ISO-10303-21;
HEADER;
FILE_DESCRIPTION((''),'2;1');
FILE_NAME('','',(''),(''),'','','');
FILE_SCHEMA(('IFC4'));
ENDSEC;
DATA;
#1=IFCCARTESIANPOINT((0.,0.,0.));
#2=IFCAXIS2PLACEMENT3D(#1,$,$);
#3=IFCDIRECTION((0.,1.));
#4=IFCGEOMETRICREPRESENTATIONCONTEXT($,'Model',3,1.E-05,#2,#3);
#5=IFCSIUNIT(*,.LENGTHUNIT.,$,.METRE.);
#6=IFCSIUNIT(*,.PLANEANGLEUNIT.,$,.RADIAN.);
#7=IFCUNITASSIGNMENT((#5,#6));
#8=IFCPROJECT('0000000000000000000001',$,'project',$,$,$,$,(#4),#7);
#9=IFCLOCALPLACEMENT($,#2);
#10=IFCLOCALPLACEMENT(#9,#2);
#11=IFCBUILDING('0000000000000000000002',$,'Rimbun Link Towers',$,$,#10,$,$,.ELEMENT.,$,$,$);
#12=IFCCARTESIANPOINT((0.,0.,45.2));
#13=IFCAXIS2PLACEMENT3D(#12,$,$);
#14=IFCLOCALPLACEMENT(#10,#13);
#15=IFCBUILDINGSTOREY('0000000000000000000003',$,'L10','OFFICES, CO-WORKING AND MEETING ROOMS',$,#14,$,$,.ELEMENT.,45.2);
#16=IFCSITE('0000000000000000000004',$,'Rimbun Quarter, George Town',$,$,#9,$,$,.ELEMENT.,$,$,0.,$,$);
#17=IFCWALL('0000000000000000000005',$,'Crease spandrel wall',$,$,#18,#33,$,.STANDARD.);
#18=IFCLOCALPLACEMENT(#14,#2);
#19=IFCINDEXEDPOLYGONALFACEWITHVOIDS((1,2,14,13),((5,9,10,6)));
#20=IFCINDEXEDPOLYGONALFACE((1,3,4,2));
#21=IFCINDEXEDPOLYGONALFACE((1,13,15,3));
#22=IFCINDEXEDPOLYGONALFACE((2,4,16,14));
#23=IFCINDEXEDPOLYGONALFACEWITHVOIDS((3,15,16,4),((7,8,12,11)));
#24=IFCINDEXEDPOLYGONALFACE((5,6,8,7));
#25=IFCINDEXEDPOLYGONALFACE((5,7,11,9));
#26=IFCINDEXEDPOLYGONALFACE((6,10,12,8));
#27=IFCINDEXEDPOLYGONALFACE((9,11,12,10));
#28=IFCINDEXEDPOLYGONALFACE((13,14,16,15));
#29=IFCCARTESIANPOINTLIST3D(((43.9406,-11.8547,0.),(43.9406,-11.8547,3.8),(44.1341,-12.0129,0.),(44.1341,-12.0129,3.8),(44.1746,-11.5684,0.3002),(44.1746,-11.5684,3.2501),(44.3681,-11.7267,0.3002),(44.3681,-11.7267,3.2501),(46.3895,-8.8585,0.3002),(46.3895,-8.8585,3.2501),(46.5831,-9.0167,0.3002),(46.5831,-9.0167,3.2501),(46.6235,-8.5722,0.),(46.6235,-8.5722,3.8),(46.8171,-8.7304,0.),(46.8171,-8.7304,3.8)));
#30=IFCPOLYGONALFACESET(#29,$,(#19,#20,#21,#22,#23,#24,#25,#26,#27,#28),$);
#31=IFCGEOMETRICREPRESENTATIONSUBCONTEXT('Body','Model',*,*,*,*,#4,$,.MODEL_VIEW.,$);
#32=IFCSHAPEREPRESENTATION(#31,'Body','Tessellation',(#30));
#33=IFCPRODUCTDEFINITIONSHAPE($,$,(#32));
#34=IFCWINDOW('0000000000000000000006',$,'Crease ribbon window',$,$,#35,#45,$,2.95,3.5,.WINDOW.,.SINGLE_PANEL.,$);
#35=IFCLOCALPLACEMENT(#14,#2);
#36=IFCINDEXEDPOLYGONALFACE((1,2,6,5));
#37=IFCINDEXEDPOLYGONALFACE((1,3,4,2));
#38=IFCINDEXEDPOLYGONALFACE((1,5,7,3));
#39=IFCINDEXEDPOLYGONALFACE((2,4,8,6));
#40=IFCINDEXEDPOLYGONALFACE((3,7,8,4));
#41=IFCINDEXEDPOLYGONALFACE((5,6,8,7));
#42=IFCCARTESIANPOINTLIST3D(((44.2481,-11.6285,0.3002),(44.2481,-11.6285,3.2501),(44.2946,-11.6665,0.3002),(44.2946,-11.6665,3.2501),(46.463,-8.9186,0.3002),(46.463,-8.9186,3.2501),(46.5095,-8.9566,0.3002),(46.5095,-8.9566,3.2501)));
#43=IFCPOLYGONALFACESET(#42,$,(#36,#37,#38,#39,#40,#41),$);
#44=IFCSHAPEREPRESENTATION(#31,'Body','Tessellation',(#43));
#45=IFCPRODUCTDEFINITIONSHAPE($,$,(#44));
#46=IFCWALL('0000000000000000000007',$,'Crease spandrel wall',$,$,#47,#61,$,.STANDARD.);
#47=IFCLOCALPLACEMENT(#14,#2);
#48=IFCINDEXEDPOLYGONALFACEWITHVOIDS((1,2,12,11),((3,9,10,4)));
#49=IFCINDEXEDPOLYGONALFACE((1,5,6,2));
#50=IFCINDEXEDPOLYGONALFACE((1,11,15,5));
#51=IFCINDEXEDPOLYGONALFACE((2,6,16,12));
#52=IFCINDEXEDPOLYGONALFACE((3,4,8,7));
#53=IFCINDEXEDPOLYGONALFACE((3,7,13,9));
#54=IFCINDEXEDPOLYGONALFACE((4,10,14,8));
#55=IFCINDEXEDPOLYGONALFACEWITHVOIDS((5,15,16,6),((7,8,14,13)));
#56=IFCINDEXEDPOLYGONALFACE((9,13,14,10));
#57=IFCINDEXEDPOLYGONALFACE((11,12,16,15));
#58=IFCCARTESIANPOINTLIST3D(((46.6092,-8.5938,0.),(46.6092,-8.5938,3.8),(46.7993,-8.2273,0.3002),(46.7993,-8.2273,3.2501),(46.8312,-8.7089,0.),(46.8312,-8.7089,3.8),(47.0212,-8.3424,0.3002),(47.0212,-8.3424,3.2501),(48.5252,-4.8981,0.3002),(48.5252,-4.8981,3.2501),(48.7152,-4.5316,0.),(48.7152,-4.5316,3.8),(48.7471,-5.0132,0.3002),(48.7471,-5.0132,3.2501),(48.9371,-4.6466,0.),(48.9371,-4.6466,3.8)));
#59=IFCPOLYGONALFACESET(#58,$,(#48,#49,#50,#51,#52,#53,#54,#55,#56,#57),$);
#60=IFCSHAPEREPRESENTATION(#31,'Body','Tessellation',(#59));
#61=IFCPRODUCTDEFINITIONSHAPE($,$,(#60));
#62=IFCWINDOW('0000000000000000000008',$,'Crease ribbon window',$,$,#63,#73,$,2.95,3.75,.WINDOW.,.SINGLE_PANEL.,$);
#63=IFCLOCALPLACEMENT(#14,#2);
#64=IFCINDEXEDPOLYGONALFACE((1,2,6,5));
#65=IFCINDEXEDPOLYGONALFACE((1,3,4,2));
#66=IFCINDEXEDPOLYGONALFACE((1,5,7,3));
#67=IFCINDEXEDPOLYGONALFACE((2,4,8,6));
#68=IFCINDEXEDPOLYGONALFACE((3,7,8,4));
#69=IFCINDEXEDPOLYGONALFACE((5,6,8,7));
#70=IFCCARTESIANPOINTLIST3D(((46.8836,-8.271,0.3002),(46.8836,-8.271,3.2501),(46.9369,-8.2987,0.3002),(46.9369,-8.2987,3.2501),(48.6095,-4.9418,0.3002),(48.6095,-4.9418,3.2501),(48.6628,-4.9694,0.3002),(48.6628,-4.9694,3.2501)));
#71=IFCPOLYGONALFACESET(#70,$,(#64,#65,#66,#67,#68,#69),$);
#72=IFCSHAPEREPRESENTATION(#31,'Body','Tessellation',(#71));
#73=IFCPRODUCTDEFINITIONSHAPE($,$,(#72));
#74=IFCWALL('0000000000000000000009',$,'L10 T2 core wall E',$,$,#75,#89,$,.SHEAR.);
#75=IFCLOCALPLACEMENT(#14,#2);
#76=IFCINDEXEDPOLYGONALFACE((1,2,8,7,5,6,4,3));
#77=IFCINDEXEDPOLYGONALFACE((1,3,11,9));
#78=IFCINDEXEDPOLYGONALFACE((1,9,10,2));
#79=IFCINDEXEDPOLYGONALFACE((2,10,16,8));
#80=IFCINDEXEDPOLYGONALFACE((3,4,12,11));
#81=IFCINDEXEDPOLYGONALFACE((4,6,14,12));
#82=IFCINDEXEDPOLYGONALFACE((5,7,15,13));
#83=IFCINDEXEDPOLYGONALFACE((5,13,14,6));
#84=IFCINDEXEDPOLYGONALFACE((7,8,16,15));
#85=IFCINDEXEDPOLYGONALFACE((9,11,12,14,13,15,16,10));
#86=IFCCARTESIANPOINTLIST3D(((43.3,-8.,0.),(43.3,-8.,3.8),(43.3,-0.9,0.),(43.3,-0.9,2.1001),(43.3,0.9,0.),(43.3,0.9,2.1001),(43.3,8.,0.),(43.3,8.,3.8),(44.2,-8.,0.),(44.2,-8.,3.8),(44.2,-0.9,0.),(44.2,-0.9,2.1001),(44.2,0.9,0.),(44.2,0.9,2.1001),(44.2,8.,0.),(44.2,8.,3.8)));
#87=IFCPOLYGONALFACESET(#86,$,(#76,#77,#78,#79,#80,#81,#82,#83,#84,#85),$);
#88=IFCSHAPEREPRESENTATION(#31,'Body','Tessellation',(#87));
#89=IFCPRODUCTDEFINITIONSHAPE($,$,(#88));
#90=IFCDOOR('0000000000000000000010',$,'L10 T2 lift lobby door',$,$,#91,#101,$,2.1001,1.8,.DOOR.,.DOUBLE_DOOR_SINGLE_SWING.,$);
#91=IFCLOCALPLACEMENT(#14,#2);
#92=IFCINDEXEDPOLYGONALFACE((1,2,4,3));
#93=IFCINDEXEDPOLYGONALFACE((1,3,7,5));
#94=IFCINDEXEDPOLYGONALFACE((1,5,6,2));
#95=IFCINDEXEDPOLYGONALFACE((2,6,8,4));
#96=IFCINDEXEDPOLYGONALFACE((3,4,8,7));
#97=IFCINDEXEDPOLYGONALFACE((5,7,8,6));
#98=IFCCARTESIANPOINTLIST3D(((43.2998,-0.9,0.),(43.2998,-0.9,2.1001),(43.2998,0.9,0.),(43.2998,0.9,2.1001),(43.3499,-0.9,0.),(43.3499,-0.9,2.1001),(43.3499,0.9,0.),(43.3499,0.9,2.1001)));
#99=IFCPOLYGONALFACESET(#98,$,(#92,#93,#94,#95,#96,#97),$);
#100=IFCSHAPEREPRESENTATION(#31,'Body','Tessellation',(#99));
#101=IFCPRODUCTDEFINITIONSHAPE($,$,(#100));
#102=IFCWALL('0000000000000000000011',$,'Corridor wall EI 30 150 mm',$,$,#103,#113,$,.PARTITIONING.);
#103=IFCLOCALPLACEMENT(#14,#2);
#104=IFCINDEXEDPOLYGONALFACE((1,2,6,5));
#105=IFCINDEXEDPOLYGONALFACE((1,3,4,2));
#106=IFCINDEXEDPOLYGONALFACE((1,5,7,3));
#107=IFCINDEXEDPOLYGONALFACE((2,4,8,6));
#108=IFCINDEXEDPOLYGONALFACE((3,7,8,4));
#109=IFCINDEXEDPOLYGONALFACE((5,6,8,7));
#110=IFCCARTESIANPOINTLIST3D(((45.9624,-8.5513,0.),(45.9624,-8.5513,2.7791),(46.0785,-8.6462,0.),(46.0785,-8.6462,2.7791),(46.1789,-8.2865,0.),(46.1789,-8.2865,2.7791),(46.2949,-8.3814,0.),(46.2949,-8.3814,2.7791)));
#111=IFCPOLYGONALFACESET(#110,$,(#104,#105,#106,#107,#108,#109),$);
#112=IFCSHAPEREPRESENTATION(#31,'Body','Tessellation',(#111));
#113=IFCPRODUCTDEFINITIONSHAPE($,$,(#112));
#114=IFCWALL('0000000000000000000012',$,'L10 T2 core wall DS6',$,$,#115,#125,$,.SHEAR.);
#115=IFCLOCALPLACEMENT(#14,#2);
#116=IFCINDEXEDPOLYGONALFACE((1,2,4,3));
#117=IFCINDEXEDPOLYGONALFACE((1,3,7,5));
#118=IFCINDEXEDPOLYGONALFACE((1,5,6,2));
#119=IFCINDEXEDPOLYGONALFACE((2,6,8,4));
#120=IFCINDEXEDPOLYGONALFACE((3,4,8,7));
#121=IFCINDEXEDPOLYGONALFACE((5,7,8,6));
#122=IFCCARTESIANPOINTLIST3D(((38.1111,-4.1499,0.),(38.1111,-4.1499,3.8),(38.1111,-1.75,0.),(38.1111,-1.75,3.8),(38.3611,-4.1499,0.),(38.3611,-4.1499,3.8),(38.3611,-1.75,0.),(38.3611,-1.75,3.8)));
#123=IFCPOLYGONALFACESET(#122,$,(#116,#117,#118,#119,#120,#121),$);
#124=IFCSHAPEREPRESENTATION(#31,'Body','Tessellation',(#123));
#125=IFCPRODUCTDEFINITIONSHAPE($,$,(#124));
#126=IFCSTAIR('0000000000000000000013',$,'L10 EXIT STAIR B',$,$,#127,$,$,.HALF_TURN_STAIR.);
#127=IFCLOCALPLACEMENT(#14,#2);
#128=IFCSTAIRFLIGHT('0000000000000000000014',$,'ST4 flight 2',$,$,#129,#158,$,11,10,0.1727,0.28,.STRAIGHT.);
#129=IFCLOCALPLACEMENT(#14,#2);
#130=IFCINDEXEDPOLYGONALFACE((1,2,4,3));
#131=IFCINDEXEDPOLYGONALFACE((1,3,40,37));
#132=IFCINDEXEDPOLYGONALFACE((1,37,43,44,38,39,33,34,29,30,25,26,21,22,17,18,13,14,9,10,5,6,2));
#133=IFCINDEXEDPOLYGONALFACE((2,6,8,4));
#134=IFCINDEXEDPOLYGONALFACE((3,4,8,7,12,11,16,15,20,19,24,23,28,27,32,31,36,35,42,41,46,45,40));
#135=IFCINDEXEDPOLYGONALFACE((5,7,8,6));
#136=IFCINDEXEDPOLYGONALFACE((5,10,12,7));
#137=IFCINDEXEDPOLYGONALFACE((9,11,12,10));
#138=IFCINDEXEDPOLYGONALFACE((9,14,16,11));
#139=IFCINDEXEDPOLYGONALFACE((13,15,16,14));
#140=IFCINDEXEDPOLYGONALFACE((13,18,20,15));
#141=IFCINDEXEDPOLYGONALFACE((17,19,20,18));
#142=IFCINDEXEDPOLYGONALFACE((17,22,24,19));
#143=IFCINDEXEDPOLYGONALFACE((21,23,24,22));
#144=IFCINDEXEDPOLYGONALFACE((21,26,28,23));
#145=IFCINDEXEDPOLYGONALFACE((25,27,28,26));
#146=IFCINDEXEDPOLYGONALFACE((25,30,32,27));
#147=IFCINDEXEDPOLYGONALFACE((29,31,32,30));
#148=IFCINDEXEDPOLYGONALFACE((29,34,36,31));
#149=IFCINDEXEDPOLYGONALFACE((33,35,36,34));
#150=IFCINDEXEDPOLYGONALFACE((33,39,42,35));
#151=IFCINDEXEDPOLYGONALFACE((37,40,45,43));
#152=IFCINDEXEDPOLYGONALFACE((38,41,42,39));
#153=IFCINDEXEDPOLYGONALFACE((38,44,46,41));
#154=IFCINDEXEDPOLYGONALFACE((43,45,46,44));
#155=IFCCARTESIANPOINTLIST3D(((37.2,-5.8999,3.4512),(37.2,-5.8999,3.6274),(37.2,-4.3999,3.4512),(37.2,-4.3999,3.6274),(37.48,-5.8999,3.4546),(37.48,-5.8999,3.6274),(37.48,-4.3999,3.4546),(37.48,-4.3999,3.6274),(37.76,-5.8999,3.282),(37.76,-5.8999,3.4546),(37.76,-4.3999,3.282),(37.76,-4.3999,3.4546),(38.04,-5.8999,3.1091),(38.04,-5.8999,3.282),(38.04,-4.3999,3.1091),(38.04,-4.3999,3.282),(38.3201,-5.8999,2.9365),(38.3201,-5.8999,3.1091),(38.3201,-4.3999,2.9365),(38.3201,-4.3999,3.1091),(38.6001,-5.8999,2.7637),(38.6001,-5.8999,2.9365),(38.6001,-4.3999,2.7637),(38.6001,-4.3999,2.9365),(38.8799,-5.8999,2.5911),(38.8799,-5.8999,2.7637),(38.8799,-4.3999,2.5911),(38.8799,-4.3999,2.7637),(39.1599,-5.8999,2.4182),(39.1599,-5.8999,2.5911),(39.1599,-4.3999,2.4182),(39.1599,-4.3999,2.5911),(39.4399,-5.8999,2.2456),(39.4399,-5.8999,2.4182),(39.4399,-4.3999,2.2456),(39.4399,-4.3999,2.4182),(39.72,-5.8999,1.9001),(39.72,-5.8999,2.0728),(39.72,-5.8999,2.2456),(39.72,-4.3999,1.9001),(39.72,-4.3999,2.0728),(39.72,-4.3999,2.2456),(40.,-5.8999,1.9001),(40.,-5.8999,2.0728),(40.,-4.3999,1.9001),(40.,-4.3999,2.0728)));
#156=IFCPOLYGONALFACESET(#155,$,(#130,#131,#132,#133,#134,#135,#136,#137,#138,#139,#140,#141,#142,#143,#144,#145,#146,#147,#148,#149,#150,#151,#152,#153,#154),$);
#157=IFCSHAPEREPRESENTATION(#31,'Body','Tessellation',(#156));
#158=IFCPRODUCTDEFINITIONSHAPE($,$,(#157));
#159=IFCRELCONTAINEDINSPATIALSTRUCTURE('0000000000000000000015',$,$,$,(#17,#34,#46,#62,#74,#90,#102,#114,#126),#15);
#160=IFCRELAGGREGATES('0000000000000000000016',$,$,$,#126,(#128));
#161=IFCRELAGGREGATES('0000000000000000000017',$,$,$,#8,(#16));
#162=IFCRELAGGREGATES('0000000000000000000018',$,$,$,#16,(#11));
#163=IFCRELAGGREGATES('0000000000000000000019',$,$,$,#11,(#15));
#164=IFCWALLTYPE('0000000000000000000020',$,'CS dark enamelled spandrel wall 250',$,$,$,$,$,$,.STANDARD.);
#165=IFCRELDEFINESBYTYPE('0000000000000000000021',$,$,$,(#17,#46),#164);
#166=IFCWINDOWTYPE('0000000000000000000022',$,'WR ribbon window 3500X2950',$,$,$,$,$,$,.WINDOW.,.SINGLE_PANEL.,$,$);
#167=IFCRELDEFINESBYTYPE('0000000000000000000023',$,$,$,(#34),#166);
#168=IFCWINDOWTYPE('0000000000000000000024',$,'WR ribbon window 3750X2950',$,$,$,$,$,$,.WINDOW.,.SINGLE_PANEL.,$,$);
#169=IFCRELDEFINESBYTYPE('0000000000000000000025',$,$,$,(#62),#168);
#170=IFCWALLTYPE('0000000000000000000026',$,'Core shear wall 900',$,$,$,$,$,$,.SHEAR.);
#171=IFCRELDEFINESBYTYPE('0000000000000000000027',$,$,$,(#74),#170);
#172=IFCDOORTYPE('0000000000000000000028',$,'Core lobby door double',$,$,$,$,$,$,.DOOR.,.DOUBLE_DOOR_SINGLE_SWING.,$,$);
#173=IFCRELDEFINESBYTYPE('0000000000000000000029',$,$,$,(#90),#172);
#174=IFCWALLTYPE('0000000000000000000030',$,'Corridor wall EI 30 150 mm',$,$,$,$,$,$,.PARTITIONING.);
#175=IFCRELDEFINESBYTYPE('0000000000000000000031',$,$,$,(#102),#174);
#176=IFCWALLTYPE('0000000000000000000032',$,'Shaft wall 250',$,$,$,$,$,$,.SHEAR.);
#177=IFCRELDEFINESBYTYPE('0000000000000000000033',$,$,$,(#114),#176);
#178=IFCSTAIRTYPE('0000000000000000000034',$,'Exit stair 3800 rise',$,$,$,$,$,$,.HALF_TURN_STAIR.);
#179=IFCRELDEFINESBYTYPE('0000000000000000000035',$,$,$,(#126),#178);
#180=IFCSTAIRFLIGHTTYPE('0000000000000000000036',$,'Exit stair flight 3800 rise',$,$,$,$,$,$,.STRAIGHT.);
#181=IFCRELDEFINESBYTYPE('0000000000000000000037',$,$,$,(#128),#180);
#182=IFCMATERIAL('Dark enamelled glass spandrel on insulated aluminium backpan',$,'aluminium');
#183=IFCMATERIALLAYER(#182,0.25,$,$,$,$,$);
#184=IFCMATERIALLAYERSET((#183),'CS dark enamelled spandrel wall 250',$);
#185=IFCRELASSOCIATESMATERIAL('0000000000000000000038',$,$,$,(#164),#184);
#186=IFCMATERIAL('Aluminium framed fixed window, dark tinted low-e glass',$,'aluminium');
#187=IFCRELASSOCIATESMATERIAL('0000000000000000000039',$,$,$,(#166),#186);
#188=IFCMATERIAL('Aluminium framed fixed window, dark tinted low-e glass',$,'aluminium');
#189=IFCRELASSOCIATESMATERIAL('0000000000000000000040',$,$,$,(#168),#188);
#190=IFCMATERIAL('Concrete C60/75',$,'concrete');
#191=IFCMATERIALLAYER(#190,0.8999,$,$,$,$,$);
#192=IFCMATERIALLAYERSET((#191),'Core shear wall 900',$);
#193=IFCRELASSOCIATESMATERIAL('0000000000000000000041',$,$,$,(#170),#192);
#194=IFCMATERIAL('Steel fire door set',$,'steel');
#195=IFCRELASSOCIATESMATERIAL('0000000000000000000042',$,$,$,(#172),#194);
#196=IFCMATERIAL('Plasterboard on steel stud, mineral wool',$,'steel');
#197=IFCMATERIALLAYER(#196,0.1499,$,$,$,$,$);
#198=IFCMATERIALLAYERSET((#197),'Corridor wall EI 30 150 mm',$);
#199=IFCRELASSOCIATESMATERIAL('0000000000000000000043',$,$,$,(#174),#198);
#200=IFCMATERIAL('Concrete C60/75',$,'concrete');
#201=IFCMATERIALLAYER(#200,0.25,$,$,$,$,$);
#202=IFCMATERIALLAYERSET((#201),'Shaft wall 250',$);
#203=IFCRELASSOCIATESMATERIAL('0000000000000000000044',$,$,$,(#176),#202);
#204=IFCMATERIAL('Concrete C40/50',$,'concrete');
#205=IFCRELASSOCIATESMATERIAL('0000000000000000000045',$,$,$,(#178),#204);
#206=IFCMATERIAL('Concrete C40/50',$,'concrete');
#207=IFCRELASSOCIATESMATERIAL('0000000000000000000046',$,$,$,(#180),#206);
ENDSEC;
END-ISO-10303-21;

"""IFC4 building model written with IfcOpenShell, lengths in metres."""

from ifc_helpers import new_model, si_unit, direction, frame, frame_2d, origin, place, context, subcontext, project, spatial, polyline, rectangle, outline, extrude, material, layer, layer_set, type_object, element, fill, aggregate, save


model = new_model("IFC4")

# Units and contexts
model_context = context("Model", 3, precision=1e-05, world=origin(), true_north=direction((0.0, 1.0)))
body_context = subcontext(model_context, "Body", "Model", "MODEL_VIEW")
ifc_project = project(units=[si_unit("LENGTHUNIT", "METRE"), si_unit("PLANEANGLEUNIT", "RADIAN")], contexts=[model_context])

# Site, building, storey
site_placement = place(None, origin())
site = spatial("IfcSite", under=ifc_project, at=site_placement, Name="Rimbun Quarter, George Town", CompositionType="ELEMENT", RefElevation=0.0)
building_placement = place(site_placement, origin())
building = spatial("IfcBuilding", under=site, at=building_placement, Name="Rimbun Link Towers", CompositionType="ELEMENT")
storey_placement = place(building_placement, frame((0.0, 0.0, 45.2)))
storey = spatial("IfcBuildingStorey", under=building, at=storey_placement, Name="L10", Description="OFFICES, CO-WORKING AND MEETING ROOMS", CompositionType="ELEMENT", Elevation=45.2)

# Walls, openings, windows
ifc_material_1 = material(Name="Dark enamelled glass spandrel on insulated aluminium backpan", Category="aluminium")
ifc_layer_1 = layer(ifc_material_1, 0.25)
ifc_layer_set_1 = layer_set([ifc_layer_1], Name="CS dark enamelled spandrel wall 250")
wall_type_1 = type_object("IfcWallType", Name="CS dark enamelled spandrel wall 250", PredefinedType="STANDARD", material=ifc_layer_set_1)
wall_1_placement = place(storey_placement, frame((46.7202, -8.6514, 0.0), z_axis=(0.0, 0.0, 1.0), x_axis=(-0.632843, -0.77428, 0.0)))
wall_1 = element("IfcWall", 1, at=wall_1_placement, inside=storey, type_object=wall_type_1, Name="Crease spandrel wall", PredefinedType="STANDARD", context=body_context, shape_type="SweptSolid", body=[
    extrude(rectangle(XDim=4.2395, YDim=0.25, at=frame_2d((2.1196, 0.0))), origin(), (0.0, 0.0, 1.0), 3.8),
])
opening_1_placement = place(wall_1_placement, frame((0.3696, 0.0, 0.3)))
opening_1 = element("IfcOpeningElement", 2, at=opening_1_placement, cuts=wall_1, PredefinedType="OPENING", context=body_context, shape_type="SweptSolid", body=[
    extrude(rectangle(XDim=3.5, YDim=2.95, at=frame_2d((1.75, 1.4751))), frame((0.0, 0.135, 0.0), z_axis=(0.0, -1.0, 0.0), x_axis=(1.0, 0.0, 0.0)), (0.0, 0.0, 1.0), 0.27),
])
ifc_material_2 = material(Name="Aluminium framed fixed window, dark tinted low-e glass", Category="aluminium")
window_type_1 = type_object("IfcWindowType", Name="WR ribbon window 3500X2950", PartitioningType="SINGLE_PANEL", PredefinedType="WINDOW", material=ifc_material_2)
window_1_placement = place(opening_1_placement, origin())
window_1 = element("IfcWindow", 3, at=window_1_placement, inside=storey, type_object=window_type_1, Name="Crease ribbon window", OverallHeight=2.95, OverallWidth=3.5, PartitioningType="SINGLE_PANEL", PredefinedType="WINDOW", context=body_context, shape_type="SweptSolid", body=[
    extrude(rectangle(XDim=3.5, YDim=2.95, at=frame_2d((1.75, 1.4751))), frame((0.0, 0.03, 0.0), z_axis=(0.0, -1.0, 0.0), x_axis=(1.0, 0.0, 0.0)), (0.0, 0.0, 1.0), 0.0601),
])
fill(opening_1, window_1)
wall_2_placement = place(storey_placement, frame((48.8262, -4.5891, 0.0), z_axis=(0.0, 0.0, 1.0), x_axis=(-0.460249, -0.88779, 0.0)))
wall_2 = element("IfcWall", 4, at=wall_2_placement, inside=storey, type_object=wall_type_1, Name="Crease spandrel wall", PredefinedType="STANDARD", context=body_context, shape_type="SweptSolid", body=[
    extrude(rectangle(XDim=4.5757, YDim=0.25, at=frame_2d((2.2878, 0.0))), origin(), (0.0, 0.0, 1.0), 3.8),
])
opening_2_placement = place(wall_2_placement, frame((0.4128, 0.0, 0.3)))
opening_2 = element("IfcOpeningElement", 5, at=opening_2_placement, cuts=wall_2, PredefinedType="OPENING", context=body_context, shape_type="SweptSolid", body=[
    extrude(rectangle(XDim=3.75, YDim=2.95, at=frame_2d((1.875, 1.4751))), frame((0.0, 0.135, 0.0), z_axis=(0.0, -1.0, 0.0), x_axis=(1.0, 0.0, 0.0)), (0.0, 0.0, 1.0), 0.27),
])
ifc_material_3 = material(Name="Aluminium framed fixed window, dark tinted low-e glass", Category="aluminium")
window_type_2 = type_object("IfcWindowType", Name="WR ribbon window 3750X2950", PartitioningType="SINGLE_PANEL", PredefinedType="WINDOW", material=ifc_material_3)
window_2_placement = place(opening_2_placement, origin())
window_2 = element("IfcWindow", 6, at=window_2_placement, inside=storey, type_object=window_type_2, Name="Crease ribbon window", OverallHeight=2.95, OverallWidth=3.75, PartitioningType="SINGLE_PANEL", PredefinedType="WINDOW", context=body_context, shape_type="SweptSolid", body=[
    extrude(rectangle(XDim=3.75, YDim=2.95, at=frame_2d((1.875, 1.4751))), frame((0.0, 0.03, 0.0), z_axis=(0.0, -1.0, 0.0), x_axis=(1.0, 0.0, 0.0)), (0.0, 0.0, 1.0), 0.0601),
])
fill(opening_2, window_2)

# Wall, opening, door
ifc_material_4 = material(Name="Concrete C60/75", Category="concrete")
ifc_layer_2 = layer(ifc_material_4, 0.8999)
ifc_layer_set_2 = layer_set([ifc_layer_2], Name="Core shear wall 900")
wall_type_2 = type_object("IfcWallType", Name="Core shear wall 900", PredefinedType="SHEAR", material=ifc_layer_set_2)
wall_3_placement = place(storey_placement, frame((43.75, -8.0, 0.0), z_axis=(0.0, 0.0, 1.0), x_axis=(0.0, 1.0, 0.0)))
wall_3 = element("IfcWall", 7, at=wall_3_placement, inside=storey, type_object=wall_type_2, Name="L10 T2 core wall E", PredefinedType="SHEAR", context=body_context, shape_type="SweptSolid", body=[
    extrude(rectangle(XDim=16.0, YDim=0.8999, at=frame_2d((8.0, 0.0))), origin(), (0.0, 0.0, 1.0), 3.8),
])
opening_3_placement = place(wall_3_placement, frame((7.1001, 0.0, 0.0)))
opening_3 = element("IfcOpeningElement", 8, at=opening_3_placement, cuts=wall_3, PredefinedType="OPENING", context=body_context, shape_type="SweptSolid", body=[
    extrude(rectangle(XDim=1.8, YDim=2.1001, at=frame_2d((0.8999, 1.05))), frame((0.0, 0.46, 0.0), z_axis=(0.0, -1.0, 0.0), x_axis=(1.0, 0.0, 0.0)), (0.0, 0.0, 1.0), 0.9199),
])
ifc_material_5 = material(Name="Steel fire door set", Category="steel")
door_type = type_object("IfcDoorType", Name="Core lobby door double", OperationType="DOUBLE_DOOR_SINGLE_SWING", PredefinedType="DOOR", material=ifc_material_5)
door_placement = place(opening_3_placement, origin())
door = element("IfcDoor", 9, at=door_placement, inside=storey, type_object=door_type, Name="L10 T2 lift lobby door", OperationType="DOUBLE_DOOR_SINGLE_SWING", OverallHeight=2.1001, OverallWidth=1.8, PredefinedType="DOOR", context=body_context, shape_type="SweptSolid", body=[
    extrude(rectangle(XDim=1.8, YDim=2.1001, at=frame_2d((0.8999, 1.05))), frame((0.0, 0.4502, 0.0), z_axis=(0.0, -1.0, 0.0), x_axis=(1.0, 0.0, 0.0)), (0.0, 0.0, 1.0), 0.05),
])
fill(opening_3, door)

# Walls
ifc_material_6 = material(Name="Plasterboard on steel stud, mineral wool", Category="steel")
ifc_layer_3 = layer(ifc_material_6, 0.1499)
ifc_layer_set_3 = layer_set([ifc_layer_3], Name="Corridor wall EI 30 150 mm")
wall_type_3 = type_object("IfcWallType", Name="Corridor wall EI 30 150 mm", PredefinedType="PARTITIONING", material=ifc_layer_set_3)
wall_4_placement = place(storey_placement, frame((46.0205, -8.5986, 0.0), z_axis=(0.0, 0.0, 1.0), x_axis=(0.632927, 0.774212, 0.0)))
element("IfcWall", 10, at=wall_4_placement, inside=storey, type_object=wall_type_3, Name="Corridor wall EI 30 150 mm", PredefinedType="PARTITIONING", context=body_context, shape_type="SweptSolid", body=[
    extrude(rectangle(XDim=0.342, YDim=0.1499, at=frame_2d((0.1709, 0.0))), origin(), (0.0, 0.0, 1.0), 2.7791),
])
ifc_material_7 = material(Name="Concrete C60/75", Category="concrete")
ifc_layer_4 = layer(ifc_material_7, 0.25)
ifc_layer_set_4 = layer_set([ifc_layer_4], Name="Shaft wall 250")
wall_type_4 = type_object("IfcWallType", Name="Shaft wall 250", PredefinedType="SHEAR", material=ifc_layer_set_4)
wall_5_placement = place(storey_placement, frame((38.2361, -4.1499, 0.0), z_axis=(0.0, 0.0, 1.0), x_axis=(0.0, 1.0, 0.0)))
element("IfcWall", 11, at=wall_5_placement, inside=storey, type_object=wall_type_4, Name="L10 T2 core wall DS6", PredefinedType="SHEAR", context=body_context, shape_type="SweptSolid", body=[
    extrude(rectangle(XDim=2.3999, YDim=0.25, at=frame_2d((1.2, 0.0))), origin(), (0.0, 0.0, 1.0), 3.8),
])

# Stair, stair flight
ifc_material_8 = material(Name="Concrete C40/50", Category="concrete")
stair_type = type_object("IfcStairType", Name="Exit stair 3800 rise", PredefinedType="HALF_TURN_STAIR", material=ifc_material_8)
stair_placement = place(storey_placement, origin())
stair = element("IfcStair", 12, at=stair_placement, inside=storey, type_object=stair_type, Name="L10 EXIT STAIR B", PredefinedType="HALF_TURN_STAIR")
ifc_material_9 = material(Name="Concrete C40/50", Category="concrete")
stair_flight_type = type_object("IfcStairFlightType", Name="Exit stair flight 3800 rise", PredefinedType="STRAIGHT", material=ifc_material_9)
stair_flight_placement = place(storey_placement, frame((40.0, -5.1499, 1.9001), z_axis=(0.0, 0.0, 1.0), x_axis=(-1.0, 0.0, 0.0)))
stair_flight = element("IfcStairFlight", 13, at=stair_flight_placement, type_object=stair_flight_type, Name="ST4 flight 2", NumberOfRisers=11, NumberOfTreads=10, PredefinedType="STRAIGHT", RiserHeight=0.1727, TreadLength=0.28, context=body_context, shape_type="SweptSolid", body=[
    extrude(outline(polyline([(0.0, 0.0), (0.0, 0.1726), (0.28, 0.1726), (0.28, 0.3455), (0.5601, 0.3455), (0.5601, 0.5181), (0.8401, 0.5181), (0.8401, 0.6909), (1.1201, 0.6909), (1.1201, 0.8635), (1.3999, 0.8635), (1.3999, 1.0364), (1.6799, 1.0364), (1.6799, 1.209), (1.96, 1.209), (1.96, 1.3818), (2.24, 1.3818), (2.24, 1.5544), (2.52, 1.5544), (2.52, 1.7273), (2.8, 1.7273), (2.8, 1.8999), (2.8, 1.551), (0.28, 0.0), (0.0, 0.0)])), frame((0.0, 0.75, 0.0), z_axis=(0.0, -1.0, 0.0), x_axis=(1.0, 0.0, 0.0)), (0.0, 0.0, 1.0), 1.5),
])
aggregate(stair, [stair_flight])

save(model, "model.ifc")
